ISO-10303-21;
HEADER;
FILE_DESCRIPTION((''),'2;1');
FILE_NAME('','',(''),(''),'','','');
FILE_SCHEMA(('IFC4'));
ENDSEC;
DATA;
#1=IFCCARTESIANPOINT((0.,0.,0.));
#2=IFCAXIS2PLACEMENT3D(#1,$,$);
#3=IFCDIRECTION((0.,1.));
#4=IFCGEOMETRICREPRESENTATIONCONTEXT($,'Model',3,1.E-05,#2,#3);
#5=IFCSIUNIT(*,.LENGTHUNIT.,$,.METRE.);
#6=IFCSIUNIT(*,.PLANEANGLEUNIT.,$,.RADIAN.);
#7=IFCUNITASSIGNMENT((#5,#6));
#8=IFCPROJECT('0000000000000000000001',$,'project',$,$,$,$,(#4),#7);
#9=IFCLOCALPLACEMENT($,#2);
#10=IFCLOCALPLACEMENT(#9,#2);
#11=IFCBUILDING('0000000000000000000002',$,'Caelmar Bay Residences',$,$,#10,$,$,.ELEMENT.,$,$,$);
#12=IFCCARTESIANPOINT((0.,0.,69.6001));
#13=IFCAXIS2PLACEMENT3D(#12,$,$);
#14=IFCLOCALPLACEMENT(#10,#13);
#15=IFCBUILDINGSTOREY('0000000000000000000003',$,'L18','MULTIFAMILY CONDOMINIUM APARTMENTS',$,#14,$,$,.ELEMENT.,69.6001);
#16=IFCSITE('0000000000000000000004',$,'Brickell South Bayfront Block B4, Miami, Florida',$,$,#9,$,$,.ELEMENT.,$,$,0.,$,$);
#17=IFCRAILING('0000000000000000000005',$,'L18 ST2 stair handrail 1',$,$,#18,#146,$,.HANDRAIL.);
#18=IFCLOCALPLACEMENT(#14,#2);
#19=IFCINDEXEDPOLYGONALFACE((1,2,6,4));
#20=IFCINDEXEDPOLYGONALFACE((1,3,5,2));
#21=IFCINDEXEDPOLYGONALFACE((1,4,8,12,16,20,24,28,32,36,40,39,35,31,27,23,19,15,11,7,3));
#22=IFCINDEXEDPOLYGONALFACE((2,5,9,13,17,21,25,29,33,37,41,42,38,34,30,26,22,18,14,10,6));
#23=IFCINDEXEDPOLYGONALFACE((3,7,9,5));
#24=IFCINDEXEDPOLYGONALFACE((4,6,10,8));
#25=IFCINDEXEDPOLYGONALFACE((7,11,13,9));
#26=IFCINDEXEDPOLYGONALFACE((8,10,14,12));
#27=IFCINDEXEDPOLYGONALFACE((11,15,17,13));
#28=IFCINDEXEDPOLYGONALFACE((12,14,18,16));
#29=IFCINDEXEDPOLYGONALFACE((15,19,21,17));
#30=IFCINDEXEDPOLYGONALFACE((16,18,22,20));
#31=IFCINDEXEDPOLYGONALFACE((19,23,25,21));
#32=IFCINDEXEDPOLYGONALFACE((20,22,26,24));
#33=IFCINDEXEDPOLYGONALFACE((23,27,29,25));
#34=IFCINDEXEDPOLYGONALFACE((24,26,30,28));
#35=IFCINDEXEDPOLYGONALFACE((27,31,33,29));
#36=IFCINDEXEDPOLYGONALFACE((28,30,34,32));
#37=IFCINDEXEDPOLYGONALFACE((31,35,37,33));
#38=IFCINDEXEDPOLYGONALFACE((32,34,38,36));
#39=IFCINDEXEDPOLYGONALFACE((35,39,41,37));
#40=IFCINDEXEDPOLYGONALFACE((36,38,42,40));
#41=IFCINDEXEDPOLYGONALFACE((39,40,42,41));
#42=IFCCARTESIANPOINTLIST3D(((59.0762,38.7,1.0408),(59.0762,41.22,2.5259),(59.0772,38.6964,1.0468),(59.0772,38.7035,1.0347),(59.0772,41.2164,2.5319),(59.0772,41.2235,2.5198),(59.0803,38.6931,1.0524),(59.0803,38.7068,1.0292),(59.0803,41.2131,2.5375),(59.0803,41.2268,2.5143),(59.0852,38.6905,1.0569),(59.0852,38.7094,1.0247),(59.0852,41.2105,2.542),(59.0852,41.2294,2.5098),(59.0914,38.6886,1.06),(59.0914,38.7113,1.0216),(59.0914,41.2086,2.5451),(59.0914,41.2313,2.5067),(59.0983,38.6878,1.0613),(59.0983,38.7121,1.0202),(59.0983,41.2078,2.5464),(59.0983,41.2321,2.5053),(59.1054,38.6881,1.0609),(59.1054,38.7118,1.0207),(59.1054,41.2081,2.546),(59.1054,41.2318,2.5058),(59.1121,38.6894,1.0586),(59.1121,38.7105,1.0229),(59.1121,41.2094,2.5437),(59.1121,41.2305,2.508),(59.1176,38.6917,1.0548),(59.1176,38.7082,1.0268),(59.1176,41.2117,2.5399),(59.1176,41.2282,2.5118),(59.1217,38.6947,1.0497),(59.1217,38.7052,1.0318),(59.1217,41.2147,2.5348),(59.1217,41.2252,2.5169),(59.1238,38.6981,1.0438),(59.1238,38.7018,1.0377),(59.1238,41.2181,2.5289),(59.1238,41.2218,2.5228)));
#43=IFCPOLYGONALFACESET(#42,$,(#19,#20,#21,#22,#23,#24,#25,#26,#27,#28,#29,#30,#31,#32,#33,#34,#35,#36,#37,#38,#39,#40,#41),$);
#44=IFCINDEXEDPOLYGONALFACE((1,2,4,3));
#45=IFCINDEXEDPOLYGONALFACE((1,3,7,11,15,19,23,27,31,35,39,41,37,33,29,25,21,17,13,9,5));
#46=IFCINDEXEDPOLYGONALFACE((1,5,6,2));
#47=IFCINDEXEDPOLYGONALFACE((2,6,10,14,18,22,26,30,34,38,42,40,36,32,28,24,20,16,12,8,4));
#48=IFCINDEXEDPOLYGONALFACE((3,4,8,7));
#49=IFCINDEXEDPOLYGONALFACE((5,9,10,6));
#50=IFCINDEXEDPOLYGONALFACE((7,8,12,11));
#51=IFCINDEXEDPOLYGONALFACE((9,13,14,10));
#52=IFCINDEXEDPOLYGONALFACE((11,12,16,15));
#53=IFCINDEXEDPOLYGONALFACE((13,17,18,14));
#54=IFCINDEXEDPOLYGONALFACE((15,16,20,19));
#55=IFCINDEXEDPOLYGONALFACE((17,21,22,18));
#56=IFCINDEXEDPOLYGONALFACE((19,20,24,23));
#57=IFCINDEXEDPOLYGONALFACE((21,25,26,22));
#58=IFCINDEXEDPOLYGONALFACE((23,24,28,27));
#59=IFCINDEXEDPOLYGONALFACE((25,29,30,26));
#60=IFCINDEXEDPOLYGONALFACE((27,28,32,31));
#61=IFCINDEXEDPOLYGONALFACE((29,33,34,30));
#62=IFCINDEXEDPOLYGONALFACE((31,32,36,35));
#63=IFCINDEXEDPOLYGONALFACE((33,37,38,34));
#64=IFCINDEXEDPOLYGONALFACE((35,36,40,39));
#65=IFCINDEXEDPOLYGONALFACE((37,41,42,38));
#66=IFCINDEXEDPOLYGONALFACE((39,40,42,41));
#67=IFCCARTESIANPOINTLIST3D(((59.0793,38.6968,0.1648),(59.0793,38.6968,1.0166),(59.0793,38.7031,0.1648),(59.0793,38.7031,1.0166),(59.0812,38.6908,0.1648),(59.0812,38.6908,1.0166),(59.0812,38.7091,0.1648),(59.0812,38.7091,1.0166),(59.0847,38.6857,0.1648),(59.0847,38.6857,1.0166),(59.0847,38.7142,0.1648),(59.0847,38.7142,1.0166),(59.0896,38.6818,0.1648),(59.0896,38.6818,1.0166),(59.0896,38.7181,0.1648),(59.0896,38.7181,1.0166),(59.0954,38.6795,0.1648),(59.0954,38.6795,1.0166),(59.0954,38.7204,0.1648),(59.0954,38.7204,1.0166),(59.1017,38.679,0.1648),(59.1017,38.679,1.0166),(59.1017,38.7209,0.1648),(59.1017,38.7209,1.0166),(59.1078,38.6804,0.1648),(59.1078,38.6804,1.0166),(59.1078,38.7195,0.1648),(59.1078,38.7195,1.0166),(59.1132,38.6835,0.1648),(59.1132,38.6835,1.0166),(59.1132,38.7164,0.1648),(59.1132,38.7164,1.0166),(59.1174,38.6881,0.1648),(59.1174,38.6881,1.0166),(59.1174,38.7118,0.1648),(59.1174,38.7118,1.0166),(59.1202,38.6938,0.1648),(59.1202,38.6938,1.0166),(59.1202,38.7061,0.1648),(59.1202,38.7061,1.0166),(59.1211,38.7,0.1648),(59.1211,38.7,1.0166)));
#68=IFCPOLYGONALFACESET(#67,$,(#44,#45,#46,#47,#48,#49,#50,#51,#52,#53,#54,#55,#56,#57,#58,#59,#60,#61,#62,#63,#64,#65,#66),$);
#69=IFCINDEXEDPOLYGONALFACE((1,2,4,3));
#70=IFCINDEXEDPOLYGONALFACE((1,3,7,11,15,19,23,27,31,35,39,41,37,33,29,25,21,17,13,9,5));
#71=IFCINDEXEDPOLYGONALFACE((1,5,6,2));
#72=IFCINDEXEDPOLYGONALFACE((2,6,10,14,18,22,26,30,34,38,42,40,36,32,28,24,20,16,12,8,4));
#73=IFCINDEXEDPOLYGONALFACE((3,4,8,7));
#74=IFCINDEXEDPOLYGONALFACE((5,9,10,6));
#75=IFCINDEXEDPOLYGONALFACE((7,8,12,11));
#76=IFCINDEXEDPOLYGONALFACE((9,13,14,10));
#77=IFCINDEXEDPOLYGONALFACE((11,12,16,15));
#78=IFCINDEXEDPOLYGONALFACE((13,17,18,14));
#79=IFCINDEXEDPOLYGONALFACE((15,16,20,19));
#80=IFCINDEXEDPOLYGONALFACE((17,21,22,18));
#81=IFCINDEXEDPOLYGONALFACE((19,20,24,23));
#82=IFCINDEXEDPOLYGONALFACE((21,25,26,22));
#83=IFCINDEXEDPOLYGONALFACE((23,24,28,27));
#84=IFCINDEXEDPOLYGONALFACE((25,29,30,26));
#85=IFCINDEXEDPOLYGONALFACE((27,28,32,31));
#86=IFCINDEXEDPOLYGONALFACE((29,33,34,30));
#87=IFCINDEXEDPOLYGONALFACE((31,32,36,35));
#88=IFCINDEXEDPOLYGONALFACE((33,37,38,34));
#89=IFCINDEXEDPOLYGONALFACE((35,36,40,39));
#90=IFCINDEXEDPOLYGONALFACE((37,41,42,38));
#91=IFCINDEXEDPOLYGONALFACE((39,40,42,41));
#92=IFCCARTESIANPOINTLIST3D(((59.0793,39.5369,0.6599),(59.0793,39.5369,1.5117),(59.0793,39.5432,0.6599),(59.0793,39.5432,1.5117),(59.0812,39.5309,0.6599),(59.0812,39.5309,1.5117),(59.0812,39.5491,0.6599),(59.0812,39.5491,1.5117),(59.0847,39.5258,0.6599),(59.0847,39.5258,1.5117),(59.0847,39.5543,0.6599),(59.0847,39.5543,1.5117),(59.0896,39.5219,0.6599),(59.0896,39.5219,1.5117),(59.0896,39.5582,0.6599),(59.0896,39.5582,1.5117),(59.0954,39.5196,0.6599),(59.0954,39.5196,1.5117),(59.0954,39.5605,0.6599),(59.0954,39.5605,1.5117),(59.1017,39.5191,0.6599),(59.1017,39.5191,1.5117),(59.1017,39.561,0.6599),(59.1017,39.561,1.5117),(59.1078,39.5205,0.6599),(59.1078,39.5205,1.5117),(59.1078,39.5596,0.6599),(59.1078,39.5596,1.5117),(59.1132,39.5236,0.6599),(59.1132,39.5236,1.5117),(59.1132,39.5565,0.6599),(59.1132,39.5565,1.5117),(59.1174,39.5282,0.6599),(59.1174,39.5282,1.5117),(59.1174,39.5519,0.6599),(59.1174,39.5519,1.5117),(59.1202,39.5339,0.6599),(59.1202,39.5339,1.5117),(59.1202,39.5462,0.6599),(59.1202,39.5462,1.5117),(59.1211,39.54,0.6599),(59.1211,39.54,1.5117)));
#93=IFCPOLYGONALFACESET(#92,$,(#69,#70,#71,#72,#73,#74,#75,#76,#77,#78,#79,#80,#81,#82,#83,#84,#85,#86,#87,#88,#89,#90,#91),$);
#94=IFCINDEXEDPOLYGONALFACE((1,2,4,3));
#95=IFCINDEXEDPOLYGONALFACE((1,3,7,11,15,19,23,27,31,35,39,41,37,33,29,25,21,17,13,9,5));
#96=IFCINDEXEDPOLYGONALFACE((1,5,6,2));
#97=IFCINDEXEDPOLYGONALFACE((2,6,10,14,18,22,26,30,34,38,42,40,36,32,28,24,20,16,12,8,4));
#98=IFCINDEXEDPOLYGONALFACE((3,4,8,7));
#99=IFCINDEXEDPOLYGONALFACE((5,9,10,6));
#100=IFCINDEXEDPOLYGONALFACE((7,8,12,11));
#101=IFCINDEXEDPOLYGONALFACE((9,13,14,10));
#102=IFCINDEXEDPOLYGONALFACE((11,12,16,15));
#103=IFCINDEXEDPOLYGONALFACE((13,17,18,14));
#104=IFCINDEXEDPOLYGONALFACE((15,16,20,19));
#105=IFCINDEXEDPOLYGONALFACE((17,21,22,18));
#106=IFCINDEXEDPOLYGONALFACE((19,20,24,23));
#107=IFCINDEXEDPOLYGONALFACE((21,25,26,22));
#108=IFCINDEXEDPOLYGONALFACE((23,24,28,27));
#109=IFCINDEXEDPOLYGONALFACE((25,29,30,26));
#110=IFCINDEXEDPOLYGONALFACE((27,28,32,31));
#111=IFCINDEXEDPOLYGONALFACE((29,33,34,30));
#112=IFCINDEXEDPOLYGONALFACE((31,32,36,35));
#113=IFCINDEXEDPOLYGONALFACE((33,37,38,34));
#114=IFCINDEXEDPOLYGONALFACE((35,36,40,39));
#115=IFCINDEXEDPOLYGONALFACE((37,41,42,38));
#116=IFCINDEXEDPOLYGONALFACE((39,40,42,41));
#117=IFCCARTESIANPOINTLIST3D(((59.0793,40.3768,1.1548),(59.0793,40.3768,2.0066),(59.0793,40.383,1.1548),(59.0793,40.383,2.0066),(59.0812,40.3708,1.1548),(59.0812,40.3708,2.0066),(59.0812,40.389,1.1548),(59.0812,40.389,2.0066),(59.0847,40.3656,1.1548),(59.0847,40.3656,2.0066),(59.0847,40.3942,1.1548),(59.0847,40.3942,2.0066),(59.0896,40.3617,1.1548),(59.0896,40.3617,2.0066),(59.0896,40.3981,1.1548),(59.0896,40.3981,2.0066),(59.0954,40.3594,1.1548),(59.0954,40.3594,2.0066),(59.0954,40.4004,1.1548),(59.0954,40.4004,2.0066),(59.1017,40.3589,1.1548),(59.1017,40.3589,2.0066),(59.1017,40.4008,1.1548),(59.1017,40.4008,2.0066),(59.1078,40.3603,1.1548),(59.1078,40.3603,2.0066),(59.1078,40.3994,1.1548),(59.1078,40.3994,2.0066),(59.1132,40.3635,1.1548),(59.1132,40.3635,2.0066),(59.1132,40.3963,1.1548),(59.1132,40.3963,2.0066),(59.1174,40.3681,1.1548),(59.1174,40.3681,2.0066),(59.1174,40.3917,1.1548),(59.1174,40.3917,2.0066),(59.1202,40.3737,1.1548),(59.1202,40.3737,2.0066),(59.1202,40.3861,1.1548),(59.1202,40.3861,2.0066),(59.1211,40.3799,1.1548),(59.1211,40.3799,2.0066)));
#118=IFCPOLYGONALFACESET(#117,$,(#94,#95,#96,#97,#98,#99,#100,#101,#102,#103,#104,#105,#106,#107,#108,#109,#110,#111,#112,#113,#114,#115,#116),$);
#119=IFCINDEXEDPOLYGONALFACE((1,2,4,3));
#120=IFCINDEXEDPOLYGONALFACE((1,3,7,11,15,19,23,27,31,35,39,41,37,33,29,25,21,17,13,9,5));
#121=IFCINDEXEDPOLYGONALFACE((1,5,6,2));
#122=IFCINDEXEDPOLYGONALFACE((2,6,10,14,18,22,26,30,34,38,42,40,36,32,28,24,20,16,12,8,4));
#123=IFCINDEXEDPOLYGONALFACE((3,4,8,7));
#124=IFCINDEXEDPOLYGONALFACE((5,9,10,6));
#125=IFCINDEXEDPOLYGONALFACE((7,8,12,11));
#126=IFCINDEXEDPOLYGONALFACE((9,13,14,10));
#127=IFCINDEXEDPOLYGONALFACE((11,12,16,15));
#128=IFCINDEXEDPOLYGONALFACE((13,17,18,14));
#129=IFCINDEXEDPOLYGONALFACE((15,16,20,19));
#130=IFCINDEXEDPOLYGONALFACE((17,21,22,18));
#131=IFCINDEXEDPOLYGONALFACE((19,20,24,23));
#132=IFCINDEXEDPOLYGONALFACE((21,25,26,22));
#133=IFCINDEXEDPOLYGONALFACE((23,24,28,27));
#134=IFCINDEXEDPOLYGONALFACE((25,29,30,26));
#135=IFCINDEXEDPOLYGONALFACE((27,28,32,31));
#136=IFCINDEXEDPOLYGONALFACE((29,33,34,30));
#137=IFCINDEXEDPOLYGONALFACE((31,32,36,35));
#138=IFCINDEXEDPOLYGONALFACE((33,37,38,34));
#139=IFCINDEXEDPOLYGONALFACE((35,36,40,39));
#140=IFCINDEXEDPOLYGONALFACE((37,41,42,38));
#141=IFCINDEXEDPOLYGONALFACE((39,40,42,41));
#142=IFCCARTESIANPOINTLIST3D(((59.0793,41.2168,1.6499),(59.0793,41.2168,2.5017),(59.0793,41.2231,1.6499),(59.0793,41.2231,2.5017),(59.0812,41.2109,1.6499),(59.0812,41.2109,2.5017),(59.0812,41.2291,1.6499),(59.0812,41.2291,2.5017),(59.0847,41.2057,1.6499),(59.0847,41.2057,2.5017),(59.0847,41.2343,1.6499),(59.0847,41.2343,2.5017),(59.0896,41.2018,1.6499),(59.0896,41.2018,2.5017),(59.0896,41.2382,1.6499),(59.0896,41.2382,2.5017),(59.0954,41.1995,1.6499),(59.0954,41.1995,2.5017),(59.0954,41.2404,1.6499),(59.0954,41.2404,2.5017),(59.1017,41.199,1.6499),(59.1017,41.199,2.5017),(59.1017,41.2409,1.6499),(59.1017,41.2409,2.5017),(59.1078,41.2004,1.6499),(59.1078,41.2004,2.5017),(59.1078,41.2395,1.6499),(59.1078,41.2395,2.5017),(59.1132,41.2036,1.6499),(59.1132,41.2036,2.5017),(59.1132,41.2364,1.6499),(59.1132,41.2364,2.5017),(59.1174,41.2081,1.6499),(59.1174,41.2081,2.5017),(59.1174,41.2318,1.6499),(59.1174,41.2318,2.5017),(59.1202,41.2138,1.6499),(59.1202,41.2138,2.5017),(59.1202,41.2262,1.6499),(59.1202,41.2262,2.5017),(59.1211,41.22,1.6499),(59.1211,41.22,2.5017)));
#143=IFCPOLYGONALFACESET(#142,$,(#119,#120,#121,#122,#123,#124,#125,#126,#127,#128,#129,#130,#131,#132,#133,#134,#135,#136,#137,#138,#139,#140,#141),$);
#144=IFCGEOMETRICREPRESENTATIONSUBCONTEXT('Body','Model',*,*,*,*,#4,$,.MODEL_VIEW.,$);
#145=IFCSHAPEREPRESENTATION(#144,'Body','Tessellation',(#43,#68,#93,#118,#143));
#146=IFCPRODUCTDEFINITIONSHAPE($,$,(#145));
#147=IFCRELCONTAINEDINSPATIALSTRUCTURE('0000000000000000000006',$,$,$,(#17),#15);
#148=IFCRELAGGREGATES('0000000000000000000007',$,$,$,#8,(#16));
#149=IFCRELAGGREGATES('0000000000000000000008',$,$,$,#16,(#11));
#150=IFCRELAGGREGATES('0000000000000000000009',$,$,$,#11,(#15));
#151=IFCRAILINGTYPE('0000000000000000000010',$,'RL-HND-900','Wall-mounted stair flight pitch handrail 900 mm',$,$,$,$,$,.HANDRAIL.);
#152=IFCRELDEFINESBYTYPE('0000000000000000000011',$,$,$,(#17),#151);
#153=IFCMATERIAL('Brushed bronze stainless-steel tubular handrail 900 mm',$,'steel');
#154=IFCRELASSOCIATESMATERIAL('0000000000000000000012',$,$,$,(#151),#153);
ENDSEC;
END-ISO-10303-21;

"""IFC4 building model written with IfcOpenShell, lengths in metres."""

from ifc_helpers import new_model, si_unit, direction, frame, origin, origin_2d, place, context, subcontext, project, spatial, circle, extrude, material, type_object, element, save


model = new_model("IFC4")

# Units and contexts
model_context = context("Model", 3, precision=1e-05, world=origin(), true_north=direction((0.0, 1.0)))
body_context = subcontext(model_context, "Body", "Model", "MODEL_VIEW")
ifc_project = project(units=[si_unit("LENGTHUNIT", "METRE"), si_unit("PLANEANGLEUNIT", "RADIAN")], contexts=[model_context])

# Site, building, storey
site_placement = place(None, origin())
site = spatial("IfcSite", under=ifc_project, at=site_placement, Name="Brickell South Bayfront Block B4, Miami, Florida", CompositionType="ELEMENT", RefElevation=0.0)
building_placement = place(site_placement, origin())
building = spatial("IfcBuilding", under=site, at=building_placement, Name="Caelmar Bay Residences", CompositionType="ELEMENT")
storey_placement = place(building_placement, frame((0.0, 0.0, 69.6001)))
storey = spatial("IfcBuildingStorey", under=building, at=storey_placement, Name="L18", Description="MULTIFAMILY CONDOMINIUM APARTMENTS", CompositionType="ELEMENT", Elevation=69.6001)

# Railing
ifc_material_1 = material(Name="Brushed bronze stainless-steel tubular handrail 900 mm", Category="steel")
railing_type_1 = type_object("IfcRailingType", Name="RL-HND-900", Description="Wall-mounted stair flight pitch handrail 900 mm", PredefinedType="HANDRAIL", material=ifc_material_1)
railing_1_placement = place(storey_placement, frame((59.1001, 38.7, 0.1648)))
element("IfcRailing", 1, at=railing_1_placement, inside=storey, type_object=railing_type_1, Name="L18 ST2 stair handrail 1", PredefinedType="HANDRAIL", context=body_context, shape_type="SweptSolid", body=[
    extrude(circle(Radius=0.0239, at=origin_2d()), frame((0.0, 0.0, 0.876), z_axis=(0.0, 0.861524, 0.507717), x_axis=(-1.0, 0.0, 0.0)), (0.0, 0.0, 1.0), 2.925),
    extrude(circle(Radius=0.021, at=origin_2d()), origin(), (0.0, 0.0, 1.0), 0.8518),
    extrude(circle(Radius=0.021, at=origin_2d()), frame((0.0, 0.8401, 0.4951)), (0.0, 0.0, 1.0), 0.8518),
    extrude(circle(Radius=0.021, at=origin_2d()), frame((0.0, 1.6799, 0.99)), (0.0, 0.0, 1.0), 0.8518),
    extrude(circle(Radius=0.021, at=origin_2d()), frame((0.0, 2.52, 1.4851)), (0.0, 0.0, 1.0), 0.8518),
])

save(model, "model.ifc")
